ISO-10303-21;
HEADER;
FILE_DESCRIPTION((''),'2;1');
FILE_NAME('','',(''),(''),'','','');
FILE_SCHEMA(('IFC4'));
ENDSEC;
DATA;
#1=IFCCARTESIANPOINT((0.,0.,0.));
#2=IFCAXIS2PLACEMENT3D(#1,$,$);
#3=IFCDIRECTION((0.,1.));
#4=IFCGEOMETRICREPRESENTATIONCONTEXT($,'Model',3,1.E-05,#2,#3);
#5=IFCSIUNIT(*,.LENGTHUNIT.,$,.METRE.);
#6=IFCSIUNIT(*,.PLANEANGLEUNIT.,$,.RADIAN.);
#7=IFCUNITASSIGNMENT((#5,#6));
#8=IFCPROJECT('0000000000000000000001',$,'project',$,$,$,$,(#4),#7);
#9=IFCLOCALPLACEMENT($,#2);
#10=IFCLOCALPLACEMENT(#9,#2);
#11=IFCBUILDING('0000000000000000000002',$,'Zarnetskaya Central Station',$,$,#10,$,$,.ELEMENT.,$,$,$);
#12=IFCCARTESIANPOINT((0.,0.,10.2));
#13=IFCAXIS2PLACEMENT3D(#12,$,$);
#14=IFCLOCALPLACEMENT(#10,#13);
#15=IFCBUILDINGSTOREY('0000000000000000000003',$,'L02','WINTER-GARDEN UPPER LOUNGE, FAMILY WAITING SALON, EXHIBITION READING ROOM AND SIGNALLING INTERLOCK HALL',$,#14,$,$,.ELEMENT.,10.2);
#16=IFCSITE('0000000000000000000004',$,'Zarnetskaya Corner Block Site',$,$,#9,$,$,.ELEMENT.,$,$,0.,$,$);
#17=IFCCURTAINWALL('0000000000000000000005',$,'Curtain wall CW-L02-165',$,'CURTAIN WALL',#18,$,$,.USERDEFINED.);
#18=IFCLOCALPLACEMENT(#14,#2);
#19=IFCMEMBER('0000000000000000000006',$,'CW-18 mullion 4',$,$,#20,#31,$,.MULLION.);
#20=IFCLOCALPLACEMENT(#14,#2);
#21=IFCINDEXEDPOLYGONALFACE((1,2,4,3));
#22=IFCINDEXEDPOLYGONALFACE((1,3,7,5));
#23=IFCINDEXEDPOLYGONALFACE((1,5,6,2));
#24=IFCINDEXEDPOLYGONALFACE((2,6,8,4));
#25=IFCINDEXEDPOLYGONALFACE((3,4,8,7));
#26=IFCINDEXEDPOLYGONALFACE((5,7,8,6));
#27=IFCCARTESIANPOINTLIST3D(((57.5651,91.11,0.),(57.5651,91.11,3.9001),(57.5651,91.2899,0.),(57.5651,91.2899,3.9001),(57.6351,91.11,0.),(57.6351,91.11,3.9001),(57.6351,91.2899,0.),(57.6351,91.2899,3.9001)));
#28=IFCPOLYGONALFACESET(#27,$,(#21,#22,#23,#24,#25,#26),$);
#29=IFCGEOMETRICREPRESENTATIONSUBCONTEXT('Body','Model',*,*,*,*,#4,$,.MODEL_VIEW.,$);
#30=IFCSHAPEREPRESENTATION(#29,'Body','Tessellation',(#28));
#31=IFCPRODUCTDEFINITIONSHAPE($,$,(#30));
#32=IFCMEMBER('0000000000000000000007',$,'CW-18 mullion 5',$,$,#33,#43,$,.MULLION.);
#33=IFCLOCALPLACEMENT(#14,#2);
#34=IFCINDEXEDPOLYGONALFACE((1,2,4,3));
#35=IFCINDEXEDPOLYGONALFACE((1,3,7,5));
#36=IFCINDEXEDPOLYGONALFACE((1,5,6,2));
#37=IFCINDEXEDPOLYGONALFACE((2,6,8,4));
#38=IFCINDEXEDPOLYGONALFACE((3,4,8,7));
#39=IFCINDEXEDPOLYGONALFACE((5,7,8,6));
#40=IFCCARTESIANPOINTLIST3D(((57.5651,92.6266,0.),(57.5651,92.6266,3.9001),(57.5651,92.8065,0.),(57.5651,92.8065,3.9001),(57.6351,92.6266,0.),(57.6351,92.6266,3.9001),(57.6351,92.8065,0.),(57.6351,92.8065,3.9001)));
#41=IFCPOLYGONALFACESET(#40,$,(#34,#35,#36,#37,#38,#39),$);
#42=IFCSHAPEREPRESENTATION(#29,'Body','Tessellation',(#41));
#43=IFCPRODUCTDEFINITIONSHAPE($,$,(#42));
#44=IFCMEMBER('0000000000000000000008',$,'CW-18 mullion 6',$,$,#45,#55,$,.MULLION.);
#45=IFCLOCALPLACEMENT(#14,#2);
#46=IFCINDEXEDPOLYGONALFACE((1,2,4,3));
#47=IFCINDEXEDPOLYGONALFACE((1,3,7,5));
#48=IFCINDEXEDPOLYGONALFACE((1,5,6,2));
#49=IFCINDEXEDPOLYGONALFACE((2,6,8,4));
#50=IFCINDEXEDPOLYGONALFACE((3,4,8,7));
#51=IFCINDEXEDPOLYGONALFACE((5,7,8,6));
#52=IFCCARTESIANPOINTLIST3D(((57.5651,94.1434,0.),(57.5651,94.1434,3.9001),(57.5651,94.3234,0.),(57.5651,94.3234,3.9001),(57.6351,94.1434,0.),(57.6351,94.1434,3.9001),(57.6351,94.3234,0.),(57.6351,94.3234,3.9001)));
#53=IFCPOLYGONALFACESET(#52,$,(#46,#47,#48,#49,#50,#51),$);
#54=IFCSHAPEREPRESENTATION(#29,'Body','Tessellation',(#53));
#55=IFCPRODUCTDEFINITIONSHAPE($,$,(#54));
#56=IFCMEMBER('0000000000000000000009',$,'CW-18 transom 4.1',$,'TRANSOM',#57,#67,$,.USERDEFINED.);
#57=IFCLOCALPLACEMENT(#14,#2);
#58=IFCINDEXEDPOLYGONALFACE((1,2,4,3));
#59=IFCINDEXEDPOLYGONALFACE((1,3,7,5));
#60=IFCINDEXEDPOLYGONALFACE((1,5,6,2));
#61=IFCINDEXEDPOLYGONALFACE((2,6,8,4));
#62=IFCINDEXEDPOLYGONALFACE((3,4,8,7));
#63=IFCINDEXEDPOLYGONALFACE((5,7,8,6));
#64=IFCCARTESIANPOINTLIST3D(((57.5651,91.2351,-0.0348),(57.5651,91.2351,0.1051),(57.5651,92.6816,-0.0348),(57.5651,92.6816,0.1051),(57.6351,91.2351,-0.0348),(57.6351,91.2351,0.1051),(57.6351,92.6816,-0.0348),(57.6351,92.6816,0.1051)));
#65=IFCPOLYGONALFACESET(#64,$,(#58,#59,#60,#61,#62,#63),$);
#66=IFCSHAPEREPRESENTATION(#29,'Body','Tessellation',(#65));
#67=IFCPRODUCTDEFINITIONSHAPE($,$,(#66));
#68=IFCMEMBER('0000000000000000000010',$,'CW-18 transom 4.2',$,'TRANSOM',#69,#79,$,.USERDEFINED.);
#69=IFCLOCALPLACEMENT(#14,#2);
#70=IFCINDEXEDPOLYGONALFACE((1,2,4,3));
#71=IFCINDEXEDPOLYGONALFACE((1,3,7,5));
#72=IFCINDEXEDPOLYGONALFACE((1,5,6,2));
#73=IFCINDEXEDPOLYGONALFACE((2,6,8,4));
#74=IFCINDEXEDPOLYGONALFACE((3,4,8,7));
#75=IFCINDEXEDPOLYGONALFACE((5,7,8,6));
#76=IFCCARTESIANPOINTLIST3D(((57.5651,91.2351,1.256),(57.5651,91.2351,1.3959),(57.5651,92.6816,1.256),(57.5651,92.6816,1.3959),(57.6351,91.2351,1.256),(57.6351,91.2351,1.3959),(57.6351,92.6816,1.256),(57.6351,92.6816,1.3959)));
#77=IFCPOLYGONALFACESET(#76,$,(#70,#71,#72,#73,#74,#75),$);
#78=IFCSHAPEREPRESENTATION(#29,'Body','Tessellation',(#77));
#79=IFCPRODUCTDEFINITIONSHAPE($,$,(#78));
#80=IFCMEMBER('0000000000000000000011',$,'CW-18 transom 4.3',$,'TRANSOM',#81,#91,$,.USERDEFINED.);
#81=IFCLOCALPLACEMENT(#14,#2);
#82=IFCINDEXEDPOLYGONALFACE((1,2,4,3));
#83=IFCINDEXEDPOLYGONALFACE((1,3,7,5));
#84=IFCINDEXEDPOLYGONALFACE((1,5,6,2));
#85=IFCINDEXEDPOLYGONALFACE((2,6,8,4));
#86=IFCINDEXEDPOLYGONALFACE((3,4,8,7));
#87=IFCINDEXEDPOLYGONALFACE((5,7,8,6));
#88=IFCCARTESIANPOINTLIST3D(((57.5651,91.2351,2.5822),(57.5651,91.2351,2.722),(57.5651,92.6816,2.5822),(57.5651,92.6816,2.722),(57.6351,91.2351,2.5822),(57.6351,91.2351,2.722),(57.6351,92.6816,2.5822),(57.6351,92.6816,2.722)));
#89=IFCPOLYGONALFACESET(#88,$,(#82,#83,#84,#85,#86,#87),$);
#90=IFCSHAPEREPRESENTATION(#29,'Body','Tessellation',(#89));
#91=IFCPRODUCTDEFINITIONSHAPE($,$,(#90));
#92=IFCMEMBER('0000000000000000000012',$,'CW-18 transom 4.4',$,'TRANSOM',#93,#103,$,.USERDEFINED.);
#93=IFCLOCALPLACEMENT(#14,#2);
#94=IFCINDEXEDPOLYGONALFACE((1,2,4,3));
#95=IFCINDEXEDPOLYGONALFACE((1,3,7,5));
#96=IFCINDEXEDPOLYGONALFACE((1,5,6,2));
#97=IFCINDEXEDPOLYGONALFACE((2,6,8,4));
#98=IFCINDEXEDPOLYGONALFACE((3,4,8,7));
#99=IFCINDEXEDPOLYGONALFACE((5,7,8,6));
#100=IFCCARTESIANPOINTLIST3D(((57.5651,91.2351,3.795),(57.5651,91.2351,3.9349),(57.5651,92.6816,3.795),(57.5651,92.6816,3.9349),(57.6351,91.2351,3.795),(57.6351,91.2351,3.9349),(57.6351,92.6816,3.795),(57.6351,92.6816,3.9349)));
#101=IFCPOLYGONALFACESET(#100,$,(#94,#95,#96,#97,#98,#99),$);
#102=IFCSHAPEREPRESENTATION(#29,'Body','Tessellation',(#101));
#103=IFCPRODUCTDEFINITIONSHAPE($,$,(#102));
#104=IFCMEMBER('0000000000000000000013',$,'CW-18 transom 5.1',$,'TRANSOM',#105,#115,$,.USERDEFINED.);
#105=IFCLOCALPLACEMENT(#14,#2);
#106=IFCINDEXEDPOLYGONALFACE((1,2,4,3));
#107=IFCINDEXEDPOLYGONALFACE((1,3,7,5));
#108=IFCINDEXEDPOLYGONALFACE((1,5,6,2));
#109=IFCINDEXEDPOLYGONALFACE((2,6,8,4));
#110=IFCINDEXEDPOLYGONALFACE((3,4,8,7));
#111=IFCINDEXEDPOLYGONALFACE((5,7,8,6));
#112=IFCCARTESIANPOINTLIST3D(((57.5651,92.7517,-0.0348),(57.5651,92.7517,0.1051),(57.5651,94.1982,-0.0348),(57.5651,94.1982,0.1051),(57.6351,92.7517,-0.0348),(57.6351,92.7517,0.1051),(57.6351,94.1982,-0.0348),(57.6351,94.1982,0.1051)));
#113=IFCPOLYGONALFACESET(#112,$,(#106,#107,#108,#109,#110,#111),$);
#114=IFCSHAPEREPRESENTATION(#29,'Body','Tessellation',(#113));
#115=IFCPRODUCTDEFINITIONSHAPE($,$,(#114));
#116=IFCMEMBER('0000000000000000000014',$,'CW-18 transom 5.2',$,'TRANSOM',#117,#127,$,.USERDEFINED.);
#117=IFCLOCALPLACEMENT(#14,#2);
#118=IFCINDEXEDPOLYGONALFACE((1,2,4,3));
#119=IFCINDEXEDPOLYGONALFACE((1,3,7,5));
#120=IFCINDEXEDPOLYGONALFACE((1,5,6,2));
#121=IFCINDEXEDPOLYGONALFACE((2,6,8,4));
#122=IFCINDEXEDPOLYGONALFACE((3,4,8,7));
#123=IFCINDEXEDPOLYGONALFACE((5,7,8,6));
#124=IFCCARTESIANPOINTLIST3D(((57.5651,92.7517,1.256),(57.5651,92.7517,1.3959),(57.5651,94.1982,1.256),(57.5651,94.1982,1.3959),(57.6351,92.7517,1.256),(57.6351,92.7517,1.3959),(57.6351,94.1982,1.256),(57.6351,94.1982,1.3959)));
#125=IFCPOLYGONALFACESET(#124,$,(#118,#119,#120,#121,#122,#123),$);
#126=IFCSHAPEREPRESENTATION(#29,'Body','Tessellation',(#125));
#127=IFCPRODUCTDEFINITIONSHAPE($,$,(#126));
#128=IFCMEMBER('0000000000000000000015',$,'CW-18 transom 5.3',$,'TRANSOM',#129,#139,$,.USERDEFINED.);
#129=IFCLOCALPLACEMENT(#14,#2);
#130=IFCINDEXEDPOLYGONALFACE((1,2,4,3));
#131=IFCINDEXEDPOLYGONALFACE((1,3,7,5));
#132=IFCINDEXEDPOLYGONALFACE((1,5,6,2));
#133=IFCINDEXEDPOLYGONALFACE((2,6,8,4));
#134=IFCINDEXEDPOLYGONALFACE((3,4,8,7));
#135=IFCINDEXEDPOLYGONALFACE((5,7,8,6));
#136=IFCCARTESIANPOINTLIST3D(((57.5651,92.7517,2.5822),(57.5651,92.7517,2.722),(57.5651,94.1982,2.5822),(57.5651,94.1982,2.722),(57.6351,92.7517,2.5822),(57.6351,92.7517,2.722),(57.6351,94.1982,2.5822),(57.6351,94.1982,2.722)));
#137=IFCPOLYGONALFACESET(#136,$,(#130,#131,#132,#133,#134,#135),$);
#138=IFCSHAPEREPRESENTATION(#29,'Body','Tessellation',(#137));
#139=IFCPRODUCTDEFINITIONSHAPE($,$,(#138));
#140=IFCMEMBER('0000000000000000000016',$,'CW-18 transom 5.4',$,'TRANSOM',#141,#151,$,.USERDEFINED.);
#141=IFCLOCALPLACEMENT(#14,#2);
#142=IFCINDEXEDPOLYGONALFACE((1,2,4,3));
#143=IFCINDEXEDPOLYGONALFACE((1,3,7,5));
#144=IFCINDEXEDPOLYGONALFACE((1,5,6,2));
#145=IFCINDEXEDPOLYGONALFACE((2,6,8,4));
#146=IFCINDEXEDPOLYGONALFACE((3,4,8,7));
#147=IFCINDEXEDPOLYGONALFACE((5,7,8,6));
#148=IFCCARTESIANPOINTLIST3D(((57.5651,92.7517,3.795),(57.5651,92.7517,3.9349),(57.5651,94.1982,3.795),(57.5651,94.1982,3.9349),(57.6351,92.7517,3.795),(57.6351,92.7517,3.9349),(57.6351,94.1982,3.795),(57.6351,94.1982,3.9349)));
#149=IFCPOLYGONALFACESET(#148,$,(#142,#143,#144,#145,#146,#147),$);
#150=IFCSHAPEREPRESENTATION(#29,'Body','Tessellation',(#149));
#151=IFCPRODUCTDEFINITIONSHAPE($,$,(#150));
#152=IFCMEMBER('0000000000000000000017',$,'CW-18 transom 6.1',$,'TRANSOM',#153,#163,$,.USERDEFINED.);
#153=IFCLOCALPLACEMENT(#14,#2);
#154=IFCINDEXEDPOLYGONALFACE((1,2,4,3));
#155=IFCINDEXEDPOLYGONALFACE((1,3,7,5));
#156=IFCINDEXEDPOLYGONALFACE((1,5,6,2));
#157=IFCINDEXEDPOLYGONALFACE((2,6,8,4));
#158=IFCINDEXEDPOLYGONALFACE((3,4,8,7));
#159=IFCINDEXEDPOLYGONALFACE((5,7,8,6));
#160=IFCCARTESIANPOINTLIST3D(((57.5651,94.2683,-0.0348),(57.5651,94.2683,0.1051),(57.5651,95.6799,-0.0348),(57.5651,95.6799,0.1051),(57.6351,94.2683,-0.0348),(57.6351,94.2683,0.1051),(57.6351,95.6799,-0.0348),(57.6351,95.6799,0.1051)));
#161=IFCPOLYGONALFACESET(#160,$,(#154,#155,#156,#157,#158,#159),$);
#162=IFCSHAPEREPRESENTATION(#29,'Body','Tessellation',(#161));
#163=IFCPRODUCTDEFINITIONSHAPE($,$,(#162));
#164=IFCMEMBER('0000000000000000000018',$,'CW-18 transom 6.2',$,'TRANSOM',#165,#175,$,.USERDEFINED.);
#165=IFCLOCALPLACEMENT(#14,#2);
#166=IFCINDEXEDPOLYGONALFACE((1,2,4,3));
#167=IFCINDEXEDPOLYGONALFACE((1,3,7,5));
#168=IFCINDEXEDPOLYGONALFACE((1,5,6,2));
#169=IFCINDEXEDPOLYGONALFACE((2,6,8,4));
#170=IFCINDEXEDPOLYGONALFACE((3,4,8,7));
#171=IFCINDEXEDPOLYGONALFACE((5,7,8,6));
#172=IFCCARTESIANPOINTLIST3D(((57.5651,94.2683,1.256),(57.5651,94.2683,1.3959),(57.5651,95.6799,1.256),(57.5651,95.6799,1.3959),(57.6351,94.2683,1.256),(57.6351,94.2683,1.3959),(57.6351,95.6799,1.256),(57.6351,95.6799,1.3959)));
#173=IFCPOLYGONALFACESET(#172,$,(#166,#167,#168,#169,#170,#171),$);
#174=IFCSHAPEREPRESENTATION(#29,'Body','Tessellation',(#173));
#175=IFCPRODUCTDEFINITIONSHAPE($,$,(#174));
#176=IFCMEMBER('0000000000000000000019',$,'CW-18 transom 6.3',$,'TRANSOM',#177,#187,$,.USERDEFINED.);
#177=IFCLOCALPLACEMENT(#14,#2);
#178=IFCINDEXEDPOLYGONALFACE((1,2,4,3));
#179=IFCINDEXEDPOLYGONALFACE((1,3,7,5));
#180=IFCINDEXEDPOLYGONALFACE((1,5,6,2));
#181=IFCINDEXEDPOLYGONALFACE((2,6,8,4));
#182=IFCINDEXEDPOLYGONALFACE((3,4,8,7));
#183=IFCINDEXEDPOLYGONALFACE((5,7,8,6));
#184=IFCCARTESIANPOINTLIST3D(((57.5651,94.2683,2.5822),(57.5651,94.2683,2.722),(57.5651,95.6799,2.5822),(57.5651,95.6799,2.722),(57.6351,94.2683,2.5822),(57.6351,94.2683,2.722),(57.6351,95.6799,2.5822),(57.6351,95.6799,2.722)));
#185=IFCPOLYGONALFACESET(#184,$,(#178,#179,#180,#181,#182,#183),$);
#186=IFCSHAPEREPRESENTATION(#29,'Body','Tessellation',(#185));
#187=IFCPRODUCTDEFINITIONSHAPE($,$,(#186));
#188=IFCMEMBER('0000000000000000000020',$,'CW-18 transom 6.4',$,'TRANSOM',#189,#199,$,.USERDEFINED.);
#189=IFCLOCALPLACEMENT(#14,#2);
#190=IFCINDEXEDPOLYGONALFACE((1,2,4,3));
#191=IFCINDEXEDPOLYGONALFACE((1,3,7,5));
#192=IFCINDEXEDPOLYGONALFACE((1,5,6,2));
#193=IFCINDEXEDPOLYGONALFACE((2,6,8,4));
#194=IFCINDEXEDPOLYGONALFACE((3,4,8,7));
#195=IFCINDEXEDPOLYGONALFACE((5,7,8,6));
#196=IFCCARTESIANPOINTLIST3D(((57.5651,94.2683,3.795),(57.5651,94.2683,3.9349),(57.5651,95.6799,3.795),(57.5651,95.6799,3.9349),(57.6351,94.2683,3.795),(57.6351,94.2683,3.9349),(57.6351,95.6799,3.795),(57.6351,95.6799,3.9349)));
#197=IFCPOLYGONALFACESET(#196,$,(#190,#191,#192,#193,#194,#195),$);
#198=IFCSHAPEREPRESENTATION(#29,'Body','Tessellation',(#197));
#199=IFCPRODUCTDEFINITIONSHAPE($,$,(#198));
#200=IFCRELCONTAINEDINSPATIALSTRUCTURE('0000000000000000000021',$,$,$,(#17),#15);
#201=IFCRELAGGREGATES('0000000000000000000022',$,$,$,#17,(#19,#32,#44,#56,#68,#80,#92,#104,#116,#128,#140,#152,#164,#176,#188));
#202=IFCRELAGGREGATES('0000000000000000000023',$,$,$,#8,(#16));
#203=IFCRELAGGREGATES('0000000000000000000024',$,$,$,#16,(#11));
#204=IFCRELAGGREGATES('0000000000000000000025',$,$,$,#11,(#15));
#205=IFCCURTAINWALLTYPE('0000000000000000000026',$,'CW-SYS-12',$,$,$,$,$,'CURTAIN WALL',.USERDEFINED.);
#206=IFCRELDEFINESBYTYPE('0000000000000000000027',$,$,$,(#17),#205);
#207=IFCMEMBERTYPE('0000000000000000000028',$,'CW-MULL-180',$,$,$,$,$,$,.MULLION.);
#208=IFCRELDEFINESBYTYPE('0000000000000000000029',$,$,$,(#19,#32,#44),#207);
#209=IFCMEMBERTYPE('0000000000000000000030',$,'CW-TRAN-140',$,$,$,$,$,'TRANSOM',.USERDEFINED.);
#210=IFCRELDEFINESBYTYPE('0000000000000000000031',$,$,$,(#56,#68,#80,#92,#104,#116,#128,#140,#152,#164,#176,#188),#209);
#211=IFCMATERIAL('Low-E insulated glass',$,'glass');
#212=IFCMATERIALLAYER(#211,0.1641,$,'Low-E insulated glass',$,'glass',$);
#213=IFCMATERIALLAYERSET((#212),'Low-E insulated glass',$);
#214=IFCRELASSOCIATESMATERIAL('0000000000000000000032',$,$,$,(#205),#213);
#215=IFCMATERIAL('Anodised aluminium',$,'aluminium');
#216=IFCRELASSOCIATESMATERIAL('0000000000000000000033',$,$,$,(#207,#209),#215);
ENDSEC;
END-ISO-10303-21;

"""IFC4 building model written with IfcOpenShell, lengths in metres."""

from ifc_helpers import new_model, si_unit, direction, frame, origin, origin_2d, place, context, subcontext, project, spatial, rectangle, extrude, material, layer, layer_set, material_profile, profile_set, type_object, element, aggregate, save


model = new_model("IFC4")

# Units and contexts
model_context = context("Model", 3, precision=1e-05, world=origin(), true_north=direction((0.0, 1.0)))
body_context = subcontext(model_context, "Body", "Model", "MODEL_VIEW")
ifc_project = project(units=[si_unit("LENGTHUNIT", "METRE"), si_unit("PLANEANGLEUNIT", "RADIAN")], contexts=[model_context])

# Site, building, storey
site_placement = place(None, origin())
site = spatial("IfcSite", under=ifc_project, at=site_placement, Name="Zarnetskaya Corner Block Site", CompositionType="ELEMENT", RefElevation=0.0)
building_placement = place(site_placement, origin())
building = spatial("IfcBuilding", under=site, at=building_placement, Name="Zarnetskaya Central Station", CompositionType="ELEMENT")
storey_placement = place(building_placement, frame((0.0, 0.0, 10.2)))
storey = spatial("IfcBuildingStorey", under=building, at=storey_placement, Name="L02", Description="WINTER-GARDEN UPPER LOUNGE, FAMILY WAITING SALON, EXHIBITION READING ROOM AND SIGNALLING INTERLOCK HALL", CompositionType="ELEMENT", Elevation=10.2)

# Curtain wall, members
ifc_material_1 = material(Name="Low-E insulated glass", Category="glass")
ifc_layer_1 = layer(ifc_material_1, 0.1641, Name="Low-E insulated glass", Category="glass")
ifc_layer_set_1 = layer_set([ifc_layer_1], Name="Low-E insulated glass")
curtain_wall_type = type_object("IfcCurtainWallType", Name="CW-SYS-12", ElementType="CURTAIN WALL", PredefinedType="USERDEFINED", material=ifc_layer_set_1)
curtain_wall_placement = place(storey_placement, origin())
curtain_wall = element("IfcCurtainWall", 1, at=curtain_wall_placement, inside=storey, type_object=curtain_wall_type, Name="Curtain wall CW-L02-165", ObjectType="CURTAIN WALL", PredefinedType="USERDEFINED")
ifc_material_2 = material(Name="Anodised aluminium", Category="aluminium")
ifc_material_profile_1 = material_profile(ifc_material_2, rectangle(XDim=0.0701, YDim=0.1799, at=origin_2d()), Name="ALU MULL 70x180")
ifc_profile_set_1 = profile_set([ifc_material_profile_1], Name="Anodised aluminium")
member_type_1 = type_object("IfcMemberType", Name="CW-MULL-180", PredefinedType="MULLION", material=ifc_profile_set_1)
member_1_placement = place(storey_placement, frame((57.6001, 91.2, 0.0), z_axis=(0.0, 0.0, 1.0), x_axis=(-1.0, 0.0, 0.0)))
member_1 = element("IfcMember", 2, at=member_1_placement, type_object=member_type_1, Name="CW-18 mullion 4", PredefinedType="MULLION", context=body_context, shape_type="SweptSolid", body=[
    extrude(rectangle(XDim=0.0701, YDim=0.1799, at=origin_2d()), origin(), (0.0, 0.0, 1.0), 3.9001),
])
member_2_placement = place(storey_placement, frame((57.6001, 92.7166, 0.0), z_axis=(0.0, 0.0, 1.0), x_axis=(-1.0, 0.0, 0.0)))
member_2 = element("IfcMember", 3, at=member_2_placement, type_object=member_type_1, Name="CW-18 mullion 5", PredefinedType="MULLION", context=body_context, shape_type="SweptSolid", body=[
    extrude(rectangle(XDim=0.0701, YDim=0.1799, at=origin_2d()), origin(), (0.0, 0.0, 1.0), 3.9001),
])
member_3_placement = place(storey_placement, frame((57.6001, 94.2334, 0.0), z_axis=(0.0, 0.0, 1.0), x_axis=(-1.0, 0.0, 0.0)))
member_3 = element("IfcMember", 4, at=member_3_placement, type_object=member_type_1, Name="CW-18 mullion 6", PredefinedType="MULLION", context=body_context, shape_type="SweptSolid", body=[
    extrude(rectangle(XDim=0.0701, YDim=0.1799, at=origin_2d()), origin(), (0.0, 0.0, 1.0), 3.9001),
])
ifc_material_profile_2 = material_profile(ifc_material_2, rectangle(XDim=0.0701, YDim=0.1399, at=origin_2d()), Name="ALU TRAN 70x140")
ifc_profile_set_2 = profile_set([ifc_material_profile_2], Name="Anodised aluminium")
member_type_2 = type_object("IfcMemberType", Name="CW-TRAN-140", ElementType="TRANSOM", PredefinedType="USERDEFINED", material=ifc_profile_set_2)
member_4_placement = place(storey_placement, frame((57.6001, 91.2351, 0.0352), z_axis=(0.0, 1.0, 0.0), x_axis=(-1.0, 0.0, 0.0)))
member_4 = element("IfcMember", 5, at=member_4_placement, type_object=member_type_2, Name="CW-18 transom 4.1", ObjectType="TRANSOM", PredefinedType="USERDEFINED", context=body_context, shape_type="SweptSolid", body=[
    extrude(rectangle(XDim=0.0701, YDim=0.1399, at=origin_2d()), origin(), (0.0, 0.0, 1.0), 1.4465),
])
member_5_placement = place(storey_placement, frame((57.6001, 91.2351, 1.3259), z_axis=(0.0, 1.0, 0.0), x_axis=(-1.0, 0.0, 0.0)))
member_5 = element("IfcMember", 6, at=member_5_placement, type_object=member_type_2, Name="CW-18 transom 4.2", ObjectType="TRANSOM", PredefinedType="USERDEFINED", context=body_context, shape_type="SweptSolid", body=[
    extrude(rectangle(XDim=0.0701, YDim=0.1399, at=origin_2d()), origin(), (0.0, 0.0, 1.0), 1.4465),
])
member_6_placement = place(storey_placement, frame((57.6001, 91.2351, 2.6521), z_axis=(0.0, 1.0, 0.0), x_axis=(-1.0, 0.0, 0.0)))
member_6 = element("IfcMember", 7, at=member_6_placement, type_object=member_type_2, Name="CW-18 transom 4.3", ObjectType="TRANSOM", PredefinedType="USERDEFINED", context=body_context, shape_type="SweptSolid", body=[
    extrude(rectangle(XDim=0.0701, YDim=0.1399, at=origin_2d()), origin(), (0.0, 0.0, 1.0), 1.4465),
])
member_7_placement = place(storey_placement, frame((57.6001, 91.2351, 3.865), z_axis=(0.0, 1.0, 0.0), x_axis=(-1.0, 0.0, 0.0)))
member_7 = element("IfcMember", 8, at=member_7_placement, type_object=member_type_2, Name="CW-18 transom 4.4", ObjectType="TRANSOM", PredefinedType="USERDEFINED", context=body_context, shape_type="SweptSolid", body=[
    extrude(rectangle(XDim=0.0701, YDim=0.1399, at=origin_2d()), origin(), (0.0, 0.0, 1.0), 1.4465),
])
member_8_placement = place(storey_placement, frame((57.6001, 92.7517, 0.0352), z_axis=(0.0, 1.0, 0.0), x_axis=(-1.0, 0.0, 0.0)))
member_8 = element("IfcMember", 9, at=member_8_placement, type_object=member_type_2, Name="CW-18 transom 5.1", ObjectType="TRANSOM", PredefinedType="USERDEFINED", context=body_context, shape_type="SweptSolid", body=[
    extrude(rectangle(XDim=0.0701, YDim=0.1399, at=origin_2d()), origin(), (0.0, 0.0, 1.0), 1.4465),
])
member_9_placement = place(storey_placement, frame((57.6001, 92.7517, 1.3259), z_axis=(0.0, 1.0, 0.0), x_axis=(-1.0, 0.0, 0.0)))
member_9 = element("IfcMember", 10, at=member_9_placement, type_object=member_type_2, Name="CW-18 transom 5.2", ObjectType="TRANSOM", PredefinedType="USERDEFINED", context=body_context, shape_type="SweptSolid", body=[
    extrude(rectangle(XDim=0.0701, YDim=0.1399, at=origin_2d()), origin(), (0.0, 0.0, 1.0), 1.4465),
])
member_10_placement = place(storey_placement, frame((57.6001, 92.7517, 2.6521), z_axis=(0.0, 1.0, 0.0), x_axis=(-1.0, 0.0, 0.0)))
member_10 = element("IfcMember", 11, at=member_10_placement, type_object=member_type_2, Name="CW-18 transom 5.3", ObjectType="TRANSOM", PredefinedType="USERDEFINED", context=body_context, shape_type="SweptSolid", body=[
    extrude(rectangle(XDim=0.0701, YDim=0.1399, at=origin_2d()), origin(), (0.0, 0.0, 1.0), 1.4465),
])
member_11_placement = place(storey_placement, frame((57.6001, 92.7517, 3.865), z_axis=(0.0, 1.0, 0.0), x_axis=(-1.0, 0.0, 0.0)))
member_11 = element("IfcMember", 12, at=member_11_placement, type_object=member_type_2, Name="CW-18 transom 5.4", ObjectType="TRANSOM", PredefinedType="USERDEFINED", context=body_context, shape_type="SweptSolid", body=[
    extrude(rectangle(XDim=0.0701, YDim=0.1399, at=origin_2d()), origin(), (0.0, 0.0, 1.0), 1.4465),
])
member_12_placement = place(storey_placement, frame((57.6001, 94.2683, 0.0352), z_axis=(0.0, 1.0, 0.0), x_axis=(-1.0, 0.0, 0.0)))
member_12 = element("IfcMember", 13, at=member_12_placement, type_object=member_type_2, Name="CW-18 transom 6.1", ObjectType="TRANSOM", PredefinedType="USERDEFINED", context=body_context, shape_type="SweptSolid", body=[
    extrude(rectangle(XDim=0.0701, YDim=0.1399, at=origin_2d()), origin(), (0.0, 0.0, 1.0), 1.4116),
])
member_13_placement = place(storey_placement, frame((57.6001, 94.2683, 1.3259), z_axis=(0.0, 1.0, 0.0), x_axis=(-1.0, 0.0, 0.0)))
member_13 = element("IfcMember", 14, at=member_13_placement, type_object=member_type_2, Name="CW-18 transom 6.2", ObjectType="TRANSOM", PredefinedType="USERDEFINED", context=body_context, shape_type="SweptSolid", body=[
    extrude(rectangle(XDim=0.0701, YDim=0.1399, at=origin_2d()), origin(), (0.0, 0.0, 1.0), 1.4116),
])
member_14_placement = place(storey_placement, frame((57.6001, 94.2683, 2.6521), z_axis=(0.0, 1.0, 0.0), x_axis=(-1.0, 0.0, 0.0)))
member_14 = element("IfcMember", 15, at=member_14_placement, type_object=member_type_2, Name="CW-18 transom 6.3", ObjectType="TRANSOM", PredefinedType="USERDEFINED", context=body_context, shape_type="SweptSolid", body=[
    extrude(rectangle(XDim=0.0701, YDim=0.1399, at=origin_2d()), origin(), (0.0, 0.0, 1.0), 1.4116),
])
member_15_placement = place(storey_placement, frame((57.6001, 94.2683, 3.865), z_axis=(0.0, 1.0, 0.0), x_axis=(-1.0, 0.0, 0.0)))
member_15 = element("IfcMember", 16, at=member_15_placement, type_object=member_type_2, Name="CW-18 transom 6.4", ObjectType="TRANSOM", PredefinedType="USERDEFINED", context=body_context, shape_type="SweptSolid", body=[
    extrude(rectangle(XDim=0.0701, YDim=0.1399, at=origin_2d()), origin(), (0.0, 0.0, 1.0), 1.4116),
])
aggregate(curtain_wall, [member_1, member_2, member_3, member_4, member_5, member_6, member_7, member_8, member_9, member_10, member_11, member_12, member_13, member_14, member_15])

save(model, "model.ifc")
